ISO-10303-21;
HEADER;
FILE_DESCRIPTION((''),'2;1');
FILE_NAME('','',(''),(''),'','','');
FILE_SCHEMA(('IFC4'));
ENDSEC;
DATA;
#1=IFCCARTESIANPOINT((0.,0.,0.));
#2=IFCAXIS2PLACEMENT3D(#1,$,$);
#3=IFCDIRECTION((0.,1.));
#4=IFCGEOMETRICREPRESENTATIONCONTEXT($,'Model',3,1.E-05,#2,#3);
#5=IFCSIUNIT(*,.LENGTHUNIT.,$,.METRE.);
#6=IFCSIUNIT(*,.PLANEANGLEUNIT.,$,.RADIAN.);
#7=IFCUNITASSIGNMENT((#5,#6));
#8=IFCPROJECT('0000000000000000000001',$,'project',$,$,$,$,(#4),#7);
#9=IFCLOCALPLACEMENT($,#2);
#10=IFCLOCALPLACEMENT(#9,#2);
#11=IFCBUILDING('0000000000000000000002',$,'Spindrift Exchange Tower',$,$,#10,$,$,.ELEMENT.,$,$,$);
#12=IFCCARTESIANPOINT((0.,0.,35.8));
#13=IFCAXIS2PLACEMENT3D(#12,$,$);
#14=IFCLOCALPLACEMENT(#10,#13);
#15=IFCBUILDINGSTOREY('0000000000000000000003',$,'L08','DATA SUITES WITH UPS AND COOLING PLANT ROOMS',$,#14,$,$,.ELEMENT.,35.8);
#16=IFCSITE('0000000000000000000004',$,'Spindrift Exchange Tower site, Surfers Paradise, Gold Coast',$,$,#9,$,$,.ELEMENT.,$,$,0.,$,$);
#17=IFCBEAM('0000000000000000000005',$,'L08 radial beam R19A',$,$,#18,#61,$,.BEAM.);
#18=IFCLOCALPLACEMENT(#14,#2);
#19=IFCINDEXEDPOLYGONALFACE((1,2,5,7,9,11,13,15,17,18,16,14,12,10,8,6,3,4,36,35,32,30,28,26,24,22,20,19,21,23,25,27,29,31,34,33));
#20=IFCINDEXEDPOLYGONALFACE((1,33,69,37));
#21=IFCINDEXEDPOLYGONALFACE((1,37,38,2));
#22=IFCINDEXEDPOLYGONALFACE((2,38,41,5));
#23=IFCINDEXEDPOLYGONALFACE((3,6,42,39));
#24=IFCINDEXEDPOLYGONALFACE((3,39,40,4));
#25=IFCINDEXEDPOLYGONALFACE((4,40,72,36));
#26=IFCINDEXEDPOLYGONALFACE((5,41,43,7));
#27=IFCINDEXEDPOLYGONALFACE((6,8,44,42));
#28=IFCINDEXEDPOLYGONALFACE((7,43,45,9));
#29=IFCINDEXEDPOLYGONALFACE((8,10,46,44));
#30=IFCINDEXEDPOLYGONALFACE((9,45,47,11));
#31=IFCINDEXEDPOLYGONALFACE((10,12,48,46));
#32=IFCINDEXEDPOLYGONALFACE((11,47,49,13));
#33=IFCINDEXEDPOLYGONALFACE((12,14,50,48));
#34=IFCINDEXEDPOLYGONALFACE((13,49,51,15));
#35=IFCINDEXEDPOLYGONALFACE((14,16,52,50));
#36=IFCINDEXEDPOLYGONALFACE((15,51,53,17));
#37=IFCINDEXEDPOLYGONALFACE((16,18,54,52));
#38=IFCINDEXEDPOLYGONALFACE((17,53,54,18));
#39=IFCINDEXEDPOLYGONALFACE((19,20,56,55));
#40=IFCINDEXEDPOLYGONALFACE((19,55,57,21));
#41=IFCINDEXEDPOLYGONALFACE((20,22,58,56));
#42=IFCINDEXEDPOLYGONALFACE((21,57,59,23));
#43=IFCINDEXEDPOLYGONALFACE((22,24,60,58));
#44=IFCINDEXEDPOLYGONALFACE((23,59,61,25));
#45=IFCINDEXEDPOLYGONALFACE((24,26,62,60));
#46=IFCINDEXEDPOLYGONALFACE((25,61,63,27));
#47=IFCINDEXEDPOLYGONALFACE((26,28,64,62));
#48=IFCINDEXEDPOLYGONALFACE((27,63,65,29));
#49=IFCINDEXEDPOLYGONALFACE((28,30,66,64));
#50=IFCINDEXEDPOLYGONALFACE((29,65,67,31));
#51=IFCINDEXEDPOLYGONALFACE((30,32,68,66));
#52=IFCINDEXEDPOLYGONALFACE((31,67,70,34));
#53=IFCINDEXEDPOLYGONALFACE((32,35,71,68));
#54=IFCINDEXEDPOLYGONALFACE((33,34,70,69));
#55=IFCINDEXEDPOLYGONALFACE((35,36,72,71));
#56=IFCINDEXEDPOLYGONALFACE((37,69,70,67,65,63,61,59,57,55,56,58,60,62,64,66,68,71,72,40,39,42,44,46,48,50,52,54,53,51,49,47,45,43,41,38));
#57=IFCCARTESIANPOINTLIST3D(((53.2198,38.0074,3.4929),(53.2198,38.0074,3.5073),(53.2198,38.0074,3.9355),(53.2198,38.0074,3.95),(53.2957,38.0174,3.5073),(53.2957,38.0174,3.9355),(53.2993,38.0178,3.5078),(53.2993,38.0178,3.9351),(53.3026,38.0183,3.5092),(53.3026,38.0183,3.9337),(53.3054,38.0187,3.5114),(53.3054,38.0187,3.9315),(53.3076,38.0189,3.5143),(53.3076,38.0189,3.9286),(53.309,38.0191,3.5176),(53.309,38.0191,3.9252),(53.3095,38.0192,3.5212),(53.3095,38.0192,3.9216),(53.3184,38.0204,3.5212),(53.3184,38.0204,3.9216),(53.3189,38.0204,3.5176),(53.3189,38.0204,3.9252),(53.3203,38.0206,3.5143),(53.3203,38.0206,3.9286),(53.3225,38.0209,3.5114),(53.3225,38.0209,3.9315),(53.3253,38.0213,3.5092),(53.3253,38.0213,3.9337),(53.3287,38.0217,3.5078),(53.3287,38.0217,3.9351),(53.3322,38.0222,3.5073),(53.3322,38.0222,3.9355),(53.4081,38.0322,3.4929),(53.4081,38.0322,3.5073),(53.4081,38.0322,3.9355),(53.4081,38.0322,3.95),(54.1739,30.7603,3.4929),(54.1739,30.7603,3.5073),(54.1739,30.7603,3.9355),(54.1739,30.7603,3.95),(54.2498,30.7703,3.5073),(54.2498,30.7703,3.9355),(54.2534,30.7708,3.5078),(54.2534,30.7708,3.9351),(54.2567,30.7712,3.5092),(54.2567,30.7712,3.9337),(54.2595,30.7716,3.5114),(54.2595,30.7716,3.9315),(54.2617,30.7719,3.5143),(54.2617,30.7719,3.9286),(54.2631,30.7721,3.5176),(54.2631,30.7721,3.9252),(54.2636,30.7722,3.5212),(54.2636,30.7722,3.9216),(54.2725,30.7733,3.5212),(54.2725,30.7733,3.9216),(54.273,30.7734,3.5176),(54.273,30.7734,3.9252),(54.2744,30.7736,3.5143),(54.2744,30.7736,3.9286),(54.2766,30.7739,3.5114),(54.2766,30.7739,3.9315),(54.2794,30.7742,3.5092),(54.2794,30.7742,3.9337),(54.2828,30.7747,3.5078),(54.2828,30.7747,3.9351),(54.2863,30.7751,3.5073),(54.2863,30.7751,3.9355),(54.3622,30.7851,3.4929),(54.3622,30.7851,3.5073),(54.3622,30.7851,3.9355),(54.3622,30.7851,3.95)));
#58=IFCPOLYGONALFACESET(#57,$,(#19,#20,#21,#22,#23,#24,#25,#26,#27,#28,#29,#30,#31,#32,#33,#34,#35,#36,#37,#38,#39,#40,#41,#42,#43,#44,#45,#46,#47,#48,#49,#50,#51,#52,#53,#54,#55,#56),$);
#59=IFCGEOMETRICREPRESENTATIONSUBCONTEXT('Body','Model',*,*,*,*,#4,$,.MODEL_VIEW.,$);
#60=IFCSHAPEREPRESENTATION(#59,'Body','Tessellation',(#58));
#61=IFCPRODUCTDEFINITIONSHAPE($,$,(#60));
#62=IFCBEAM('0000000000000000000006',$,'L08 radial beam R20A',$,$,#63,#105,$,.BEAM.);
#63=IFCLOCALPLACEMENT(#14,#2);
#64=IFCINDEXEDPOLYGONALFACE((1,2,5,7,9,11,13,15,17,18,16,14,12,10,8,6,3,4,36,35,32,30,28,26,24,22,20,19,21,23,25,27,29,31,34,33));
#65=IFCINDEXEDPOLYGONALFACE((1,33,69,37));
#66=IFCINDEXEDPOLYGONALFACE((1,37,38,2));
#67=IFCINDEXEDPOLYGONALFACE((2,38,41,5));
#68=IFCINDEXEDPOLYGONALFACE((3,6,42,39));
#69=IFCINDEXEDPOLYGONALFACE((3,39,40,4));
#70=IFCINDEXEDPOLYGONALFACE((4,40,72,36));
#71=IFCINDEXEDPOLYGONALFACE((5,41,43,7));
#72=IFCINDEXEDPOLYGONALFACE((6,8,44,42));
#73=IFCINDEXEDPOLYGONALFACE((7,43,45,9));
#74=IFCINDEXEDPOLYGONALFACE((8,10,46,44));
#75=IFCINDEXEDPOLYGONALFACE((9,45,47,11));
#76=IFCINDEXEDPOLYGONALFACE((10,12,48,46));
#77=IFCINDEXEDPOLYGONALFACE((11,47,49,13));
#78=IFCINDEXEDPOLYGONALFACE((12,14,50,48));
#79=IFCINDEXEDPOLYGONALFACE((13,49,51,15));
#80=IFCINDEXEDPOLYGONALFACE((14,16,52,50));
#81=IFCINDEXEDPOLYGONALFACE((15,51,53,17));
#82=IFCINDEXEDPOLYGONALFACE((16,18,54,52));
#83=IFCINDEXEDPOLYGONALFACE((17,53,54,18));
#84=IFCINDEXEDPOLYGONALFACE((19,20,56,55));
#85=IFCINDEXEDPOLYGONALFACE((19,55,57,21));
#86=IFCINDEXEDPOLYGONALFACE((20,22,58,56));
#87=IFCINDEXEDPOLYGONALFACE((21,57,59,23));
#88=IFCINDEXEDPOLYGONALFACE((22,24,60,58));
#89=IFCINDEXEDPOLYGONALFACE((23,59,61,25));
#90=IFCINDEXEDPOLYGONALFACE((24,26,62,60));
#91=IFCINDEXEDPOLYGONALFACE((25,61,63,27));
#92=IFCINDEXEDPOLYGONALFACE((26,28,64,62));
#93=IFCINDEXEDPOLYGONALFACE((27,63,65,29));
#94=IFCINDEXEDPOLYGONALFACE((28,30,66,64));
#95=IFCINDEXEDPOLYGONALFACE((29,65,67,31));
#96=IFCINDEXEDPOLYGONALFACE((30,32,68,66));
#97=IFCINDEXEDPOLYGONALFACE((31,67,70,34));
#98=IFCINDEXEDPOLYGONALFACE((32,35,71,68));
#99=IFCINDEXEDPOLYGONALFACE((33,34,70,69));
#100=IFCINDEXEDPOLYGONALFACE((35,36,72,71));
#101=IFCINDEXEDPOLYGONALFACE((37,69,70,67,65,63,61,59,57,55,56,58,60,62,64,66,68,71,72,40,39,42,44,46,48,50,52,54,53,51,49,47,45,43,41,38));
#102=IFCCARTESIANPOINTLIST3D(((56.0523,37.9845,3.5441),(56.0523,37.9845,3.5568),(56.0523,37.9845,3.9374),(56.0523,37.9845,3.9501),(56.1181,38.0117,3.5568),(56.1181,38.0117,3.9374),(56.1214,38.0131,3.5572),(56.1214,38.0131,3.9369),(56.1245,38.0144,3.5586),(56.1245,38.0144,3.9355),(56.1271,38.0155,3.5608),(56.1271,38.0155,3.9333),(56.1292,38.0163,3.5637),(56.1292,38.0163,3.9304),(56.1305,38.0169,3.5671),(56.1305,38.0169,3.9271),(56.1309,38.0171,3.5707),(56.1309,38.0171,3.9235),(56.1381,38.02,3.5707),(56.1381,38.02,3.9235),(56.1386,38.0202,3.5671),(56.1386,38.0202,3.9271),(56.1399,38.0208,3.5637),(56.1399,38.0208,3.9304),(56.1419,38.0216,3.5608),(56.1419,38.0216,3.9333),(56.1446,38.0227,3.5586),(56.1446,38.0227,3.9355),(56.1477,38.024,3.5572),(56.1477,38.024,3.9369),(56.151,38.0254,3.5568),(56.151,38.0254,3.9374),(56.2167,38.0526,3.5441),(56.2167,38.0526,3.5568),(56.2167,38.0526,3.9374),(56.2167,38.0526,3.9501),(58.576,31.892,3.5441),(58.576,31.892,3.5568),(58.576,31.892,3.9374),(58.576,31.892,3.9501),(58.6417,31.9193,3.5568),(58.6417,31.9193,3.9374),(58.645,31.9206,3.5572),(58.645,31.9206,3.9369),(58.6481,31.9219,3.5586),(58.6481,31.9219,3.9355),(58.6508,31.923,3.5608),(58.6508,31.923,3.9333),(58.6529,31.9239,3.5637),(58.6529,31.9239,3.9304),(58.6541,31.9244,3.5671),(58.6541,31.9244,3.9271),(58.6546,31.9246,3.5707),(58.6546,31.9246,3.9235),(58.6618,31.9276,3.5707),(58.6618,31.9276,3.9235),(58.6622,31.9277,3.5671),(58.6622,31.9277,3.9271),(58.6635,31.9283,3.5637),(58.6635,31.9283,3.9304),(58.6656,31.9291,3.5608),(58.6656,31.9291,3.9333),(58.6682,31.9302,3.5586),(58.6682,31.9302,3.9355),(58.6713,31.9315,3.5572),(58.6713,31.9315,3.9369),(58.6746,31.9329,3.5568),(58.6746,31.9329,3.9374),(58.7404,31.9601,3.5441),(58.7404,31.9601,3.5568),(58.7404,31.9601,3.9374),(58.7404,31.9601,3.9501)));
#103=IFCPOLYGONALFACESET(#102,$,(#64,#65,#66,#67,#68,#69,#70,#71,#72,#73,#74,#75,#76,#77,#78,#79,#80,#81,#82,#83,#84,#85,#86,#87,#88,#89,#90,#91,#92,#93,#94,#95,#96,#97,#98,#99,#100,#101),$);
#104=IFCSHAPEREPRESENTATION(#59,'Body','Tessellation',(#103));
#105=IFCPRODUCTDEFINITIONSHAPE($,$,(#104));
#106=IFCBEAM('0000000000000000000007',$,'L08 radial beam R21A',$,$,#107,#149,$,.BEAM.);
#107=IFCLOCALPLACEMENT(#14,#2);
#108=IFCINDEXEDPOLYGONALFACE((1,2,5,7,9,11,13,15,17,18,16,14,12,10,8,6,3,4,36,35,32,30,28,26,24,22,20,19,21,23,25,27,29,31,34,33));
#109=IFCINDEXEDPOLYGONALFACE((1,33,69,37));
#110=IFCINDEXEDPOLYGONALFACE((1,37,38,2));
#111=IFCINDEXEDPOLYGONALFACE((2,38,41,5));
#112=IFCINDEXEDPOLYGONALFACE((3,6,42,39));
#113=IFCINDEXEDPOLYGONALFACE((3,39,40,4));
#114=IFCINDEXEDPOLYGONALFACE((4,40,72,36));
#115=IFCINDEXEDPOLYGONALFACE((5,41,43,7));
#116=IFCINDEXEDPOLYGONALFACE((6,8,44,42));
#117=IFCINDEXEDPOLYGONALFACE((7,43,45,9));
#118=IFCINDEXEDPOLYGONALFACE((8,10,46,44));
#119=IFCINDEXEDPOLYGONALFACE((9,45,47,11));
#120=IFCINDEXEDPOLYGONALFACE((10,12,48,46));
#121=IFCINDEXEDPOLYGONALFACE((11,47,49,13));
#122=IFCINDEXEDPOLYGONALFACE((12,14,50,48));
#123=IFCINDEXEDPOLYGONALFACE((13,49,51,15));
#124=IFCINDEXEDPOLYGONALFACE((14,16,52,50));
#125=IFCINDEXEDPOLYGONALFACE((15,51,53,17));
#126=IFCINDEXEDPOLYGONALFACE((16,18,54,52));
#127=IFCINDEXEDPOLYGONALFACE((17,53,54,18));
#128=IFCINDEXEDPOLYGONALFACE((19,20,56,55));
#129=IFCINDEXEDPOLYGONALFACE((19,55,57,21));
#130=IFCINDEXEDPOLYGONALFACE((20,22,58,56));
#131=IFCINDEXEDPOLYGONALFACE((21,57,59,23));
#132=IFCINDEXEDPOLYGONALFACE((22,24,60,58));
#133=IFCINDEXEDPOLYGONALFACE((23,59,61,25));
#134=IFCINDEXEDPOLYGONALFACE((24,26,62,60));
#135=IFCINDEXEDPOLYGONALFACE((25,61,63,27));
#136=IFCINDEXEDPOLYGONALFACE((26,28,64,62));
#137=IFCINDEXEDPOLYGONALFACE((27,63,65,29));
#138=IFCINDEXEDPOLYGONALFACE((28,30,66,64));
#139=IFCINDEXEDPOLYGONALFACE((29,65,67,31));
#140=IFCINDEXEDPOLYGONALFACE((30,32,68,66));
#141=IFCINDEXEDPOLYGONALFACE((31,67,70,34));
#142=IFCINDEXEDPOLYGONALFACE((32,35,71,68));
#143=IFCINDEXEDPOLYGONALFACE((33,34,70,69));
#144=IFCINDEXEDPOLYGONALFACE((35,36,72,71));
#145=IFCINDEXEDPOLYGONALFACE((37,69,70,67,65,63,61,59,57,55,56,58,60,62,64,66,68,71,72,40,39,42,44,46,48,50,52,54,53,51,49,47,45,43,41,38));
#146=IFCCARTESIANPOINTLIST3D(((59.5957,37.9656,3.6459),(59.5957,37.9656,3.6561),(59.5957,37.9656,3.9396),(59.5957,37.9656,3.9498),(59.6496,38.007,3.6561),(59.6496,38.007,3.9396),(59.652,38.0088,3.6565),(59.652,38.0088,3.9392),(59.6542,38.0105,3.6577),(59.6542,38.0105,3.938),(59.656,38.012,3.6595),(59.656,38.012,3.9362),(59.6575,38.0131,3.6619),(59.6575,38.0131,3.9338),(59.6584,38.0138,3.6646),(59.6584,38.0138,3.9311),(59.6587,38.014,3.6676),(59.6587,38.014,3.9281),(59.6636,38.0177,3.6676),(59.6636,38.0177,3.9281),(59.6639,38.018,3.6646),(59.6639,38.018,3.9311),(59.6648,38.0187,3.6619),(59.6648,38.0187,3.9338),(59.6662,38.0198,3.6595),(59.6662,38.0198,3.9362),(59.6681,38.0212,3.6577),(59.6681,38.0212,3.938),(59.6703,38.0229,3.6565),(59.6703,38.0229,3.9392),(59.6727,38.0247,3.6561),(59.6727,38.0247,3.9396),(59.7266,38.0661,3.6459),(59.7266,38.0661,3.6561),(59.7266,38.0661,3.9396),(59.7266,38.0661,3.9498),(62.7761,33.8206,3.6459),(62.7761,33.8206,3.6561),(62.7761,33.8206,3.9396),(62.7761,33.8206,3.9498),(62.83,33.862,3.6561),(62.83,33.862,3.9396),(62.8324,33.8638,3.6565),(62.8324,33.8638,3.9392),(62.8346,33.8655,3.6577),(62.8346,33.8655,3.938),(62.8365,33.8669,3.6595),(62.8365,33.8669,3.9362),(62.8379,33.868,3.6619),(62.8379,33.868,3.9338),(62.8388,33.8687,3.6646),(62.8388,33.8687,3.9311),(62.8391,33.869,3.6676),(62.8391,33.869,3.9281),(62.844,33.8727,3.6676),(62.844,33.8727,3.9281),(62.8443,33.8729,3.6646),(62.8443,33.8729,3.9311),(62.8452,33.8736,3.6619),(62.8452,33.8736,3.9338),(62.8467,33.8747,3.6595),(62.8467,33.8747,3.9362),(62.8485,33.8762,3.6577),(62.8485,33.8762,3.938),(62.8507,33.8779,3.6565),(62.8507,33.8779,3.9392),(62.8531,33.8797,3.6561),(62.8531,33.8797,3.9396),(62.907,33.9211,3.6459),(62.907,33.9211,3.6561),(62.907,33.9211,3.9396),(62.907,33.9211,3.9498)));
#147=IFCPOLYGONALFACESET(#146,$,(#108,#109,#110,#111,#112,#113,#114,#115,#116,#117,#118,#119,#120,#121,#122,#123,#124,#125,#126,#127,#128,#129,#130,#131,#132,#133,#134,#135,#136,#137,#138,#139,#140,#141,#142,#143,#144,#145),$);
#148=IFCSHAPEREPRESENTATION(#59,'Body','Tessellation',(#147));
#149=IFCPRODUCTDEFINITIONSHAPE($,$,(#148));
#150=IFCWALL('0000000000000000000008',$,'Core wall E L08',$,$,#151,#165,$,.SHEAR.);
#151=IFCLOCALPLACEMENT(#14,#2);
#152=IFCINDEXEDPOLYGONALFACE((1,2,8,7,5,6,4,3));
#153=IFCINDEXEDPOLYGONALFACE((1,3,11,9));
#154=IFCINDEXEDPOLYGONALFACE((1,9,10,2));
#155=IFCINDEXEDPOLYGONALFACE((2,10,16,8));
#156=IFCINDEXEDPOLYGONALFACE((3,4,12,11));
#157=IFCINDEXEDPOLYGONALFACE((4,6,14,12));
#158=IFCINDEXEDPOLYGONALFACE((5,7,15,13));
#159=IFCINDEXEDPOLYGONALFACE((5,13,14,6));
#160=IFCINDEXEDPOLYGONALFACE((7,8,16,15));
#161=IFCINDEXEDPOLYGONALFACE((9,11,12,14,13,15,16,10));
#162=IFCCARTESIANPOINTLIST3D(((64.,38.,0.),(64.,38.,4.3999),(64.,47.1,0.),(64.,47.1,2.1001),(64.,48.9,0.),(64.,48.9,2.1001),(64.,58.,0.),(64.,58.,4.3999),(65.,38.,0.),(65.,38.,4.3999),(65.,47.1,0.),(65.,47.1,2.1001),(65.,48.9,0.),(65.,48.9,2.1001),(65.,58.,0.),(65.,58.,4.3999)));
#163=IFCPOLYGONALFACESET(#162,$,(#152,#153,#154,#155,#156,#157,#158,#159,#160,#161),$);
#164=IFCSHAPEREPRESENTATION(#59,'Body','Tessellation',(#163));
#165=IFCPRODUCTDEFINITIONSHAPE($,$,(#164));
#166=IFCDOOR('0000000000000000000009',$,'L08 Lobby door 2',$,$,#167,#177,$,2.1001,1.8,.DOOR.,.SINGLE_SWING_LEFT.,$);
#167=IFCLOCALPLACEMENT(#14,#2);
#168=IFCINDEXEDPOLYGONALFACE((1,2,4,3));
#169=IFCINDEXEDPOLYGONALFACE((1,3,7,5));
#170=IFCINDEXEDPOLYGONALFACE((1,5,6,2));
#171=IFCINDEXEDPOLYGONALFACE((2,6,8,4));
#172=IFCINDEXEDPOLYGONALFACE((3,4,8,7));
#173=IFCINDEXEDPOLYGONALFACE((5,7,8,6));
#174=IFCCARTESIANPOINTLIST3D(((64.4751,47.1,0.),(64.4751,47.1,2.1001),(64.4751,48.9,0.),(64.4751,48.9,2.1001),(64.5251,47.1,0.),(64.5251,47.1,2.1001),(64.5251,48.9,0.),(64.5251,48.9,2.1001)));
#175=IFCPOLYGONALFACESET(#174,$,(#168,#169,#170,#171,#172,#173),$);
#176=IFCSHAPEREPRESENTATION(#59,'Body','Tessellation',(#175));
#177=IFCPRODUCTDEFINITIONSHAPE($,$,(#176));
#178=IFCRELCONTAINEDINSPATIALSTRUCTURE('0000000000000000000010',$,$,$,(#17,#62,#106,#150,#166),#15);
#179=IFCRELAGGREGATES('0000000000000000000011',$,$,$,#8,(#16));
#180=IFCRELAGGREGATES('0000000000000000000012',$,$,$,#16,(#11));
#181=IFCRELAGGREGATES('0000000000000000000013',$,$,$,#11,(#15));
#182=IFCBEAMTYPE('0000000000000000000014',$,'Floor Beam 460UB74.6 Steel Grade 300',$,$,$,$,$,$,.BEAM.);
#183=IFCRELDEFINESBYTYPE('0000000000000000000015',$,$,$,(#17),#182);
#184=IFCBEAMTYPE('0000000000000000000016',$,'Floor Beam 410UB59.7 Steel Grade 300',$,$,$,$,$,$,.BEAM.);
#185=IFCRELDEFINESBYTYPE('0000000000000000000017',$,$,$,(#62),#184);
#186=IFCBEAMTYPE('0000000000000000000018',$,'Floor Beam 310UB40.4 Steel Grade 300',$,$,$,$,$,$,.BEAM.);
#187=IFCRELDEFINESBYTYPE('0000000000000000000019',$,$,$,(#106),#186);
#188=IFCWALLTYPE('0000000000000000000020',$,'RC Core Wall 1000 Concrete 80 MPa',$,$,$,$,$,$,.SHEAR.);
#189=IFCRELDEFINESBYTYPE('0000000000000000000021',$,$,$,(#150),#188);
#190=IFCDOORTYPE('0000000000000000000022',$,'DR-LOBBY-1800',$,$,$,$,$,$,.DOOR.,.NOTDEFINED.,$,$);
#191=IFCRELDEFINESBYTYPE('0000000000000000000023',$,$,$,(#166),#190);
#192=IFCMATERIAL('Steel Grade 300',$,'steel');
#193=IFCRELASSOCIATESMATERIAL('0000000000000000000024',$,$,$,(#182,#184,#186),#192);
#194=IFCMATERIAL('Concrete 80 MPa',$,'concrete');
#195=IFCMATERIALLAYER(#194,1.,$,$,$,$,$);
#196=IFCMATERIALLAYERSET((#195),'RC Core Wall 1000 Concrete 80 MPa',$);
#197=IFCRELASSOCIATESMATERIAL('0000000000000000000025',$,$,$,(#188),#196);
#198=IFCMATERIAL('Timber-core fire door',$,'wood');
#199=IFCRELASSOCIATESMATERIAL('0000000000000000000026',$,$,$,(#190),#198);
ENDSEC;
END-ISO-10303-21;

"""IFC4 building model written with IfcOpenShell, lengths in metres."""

from ifc_helpers import new_model, si_unit, direction, frame, frame_2d, origin, origin_2d, place, context, subcontext, project, spatial, rectangle, i_section, extrude, source, transform, mapped, material, layer, layer_set, material_profile, profile_set, type_object, element, fill, save


model = new_model("IFC4")

# Units and contexts
model_context = context("Model", 3, precision=1e-05, world=origin(), true_north=direction((0.0, 1.0)))
body_context = subcontext(model_context, "Body", "Model", "MODEL_VIEW")
ifc_project = project(units=[si_unit("LENGTHUNIT", "METRE"), si_unit("PLANEANGLEUNIT", "RADIAN")], contexts=[model_context])

# Site, building, storey
site_placement = place(None, origin())
site = spatial("IfcSite", under=ifc_project, at=site_placement, Name="Spindrift Exchange Tower site, Surfers Paradise, Gold Coast", CompositionType="ELEMENT", RefElevation=0.0)
building_placement = place(site_placement, origin())
building = spatial("IfcBuilding", under=site, at=building_placement, Name="Spindrift Exchange Tower", CompositionType="ELEMENT")
storey_placement = place(building_placement, frame((0.0, 0.0, 35.8)))
storey = spatial("IfcBuildingStorey", under=building, at=storey_placement, Name="L08", Description="DATA SUITES WITH UPS AND COOLING PLANT ROOMS", CompositionType="ELEMENT", Elevation=35.8)

# Beams
ifc_material_1 = material(Name="Steel Grade 300", Category="steel")
ifc_material_profile_1 = material_profile(ifc_material_1, i_section(OverallWidth=0.1899, OverallDepth=0.457, WebThickness=0.009, FlangeThickness=0.0144, FilletRadius=0.0139, at=origin_2d()), Name="460UB74.6")
ifc_profile_set_1 = profile_set([ifc_material_profile_1], Name="Steel Grade 300")
beam_type_1 = type_object("IfcBeamType", Name="Floor Beam 460UB74.6 Steel Grade 300", PredefinedType="BEAM", material=ifc_profile_set_1)
shared_shape_1 = source(origin(), body_context, "Body", "SweptSolid", [
    extrude(i_section(OverallWidth=0.1899, OverallDepth=0.457, WebThickness=0.009, FlangeThickness=0.0144, FilletRadius=0.0139, at=origin_2d()), origin(), (0.0, 0.0, 1.0), 7.3096),
])
beam_1_placement = place(storey_placement, frame((53.314, 38.0198, 3.7214), z_axis=(0.130527, -0.991445, 0.0), x_axis=(0.991445, 0.130527, 0.0)))
element("IfcBeam", 1, at=beam_1_placement, inside=storey, type_object=beam_type_1, Name="L08 radial beam R19A", PredefinedType="BEAM", context=body_context, shape_type="MappedRepresentation", body=[
    mapped(shared_shape_1, transform((0.0, 0.0, 0.0), scale=1.0)),
])
ifc_material_profile_2 = material_profile(ifc_material_1, i_section(OverallWidth=0.178, OverallDepth=0.406, WebThickness=0.0078, FlangeThickness=0.0127, FilletRadius=0.0139, at=origin_2d()), Name="410UB59.7")
ifc_profile_set_2 = profile_set([ifc_material_profile_2], Name="Steel Grade 300")
beam_type_2 = type_object("IfcBeamType", Name="Floor Beam 410UB59.7 Steel Grade 300", PredefinedType="BEAM", material=ifc_profile_set_2)
shared_shape_2 = source(origin(), body_context, "Body", "SweptSolid", [
    extrude(i_section(OverallWidth=0.178, OverallDepth=0.406, WebThickness=0.0078, FlangeThickness=0.0127, FilletRadius=0.0139, at=origin_2d()), origin(), (0.0, 0.0, 1.0), 6.5945),
])
beam_2_placement = place(storey_placement, frame((56.1345, 38.0186, 3.7471), z_axis=(0.382693, -0.923876, 0.0), x_axis=(0.923876, 0.382693, 0.0)))
element("IfcBeam", 2, at=beam_2_placement, inside=storey, type_object=beam_type_2, Name="L08 radial beam R20A", PredefinedType="BEAM", context=body_context, shape_type="MappedRepresentation", body=[
    mapped(shared_shape_2, transform((0.0, 0.0, 0.0), scale=1.0)),
])
ifc_material_profile_3 = material_profile(ifc_material_1, i_section(OverallWidth=0.165, OverallDepth=0.304, WebThickness=0.0061, FlangeThickness=0.0103, FilletRadius=0.0115, at=origin_2d()), Name="310UB40.4")
ifc_profile_set_3 = profile_set([ifc_material_profile_3], Name="Steel Grade 300")
beam_type_3 = type_object("IfcBeamType", Name="Floor Beam 310UB40.4 Steel Grade 300", PredefinedType="BEAM", material=ifc_profile_set_3)
shared_shape_3 = source(origin(), body_context, "Body", "SweptSolid", [
    extrude(i_section(OverallWidth=0.165, OverallDepth=0.304, WebThickness=0.0061, FlangeThickness=0.0103, FilletRadius=0.0115, at=origin_2d()), origin(), (0.0, 0.0, 1.0), 5.2246),
])
beam_3_placement = place(storey_placement, frame((59.6611, 38.0159, 3.7979), z_axis=(0.608741, -0.793369, 0.0), x_axis=(0.793369, 0.608741, 0.0)))
element("IfcBeam", 3, at=beam_3_placement, inside=storey, type_object=beam_type_3, Name="L08 radial beam R21A", PredefinedType="BEAM", context=body_context, shape_type="MappedRepresentation", body=[
    mapped(shared_shape_3, transform((0.0, 0.0, 0.0), scale=1.0)),
])

# Wall, opening, door
ifc_material_2 = material(Name="Concrete 80 MPa", Category="concrete")
ifc_layer_1 = layer(ifc_material_2, 1.0)
ifc_layer_set_1 = layer_set([ifc_layer_1], Name="RC Core Wall 1000 Concrete 80 MPa")
wall_type_1 = type_object("IfcWallType", Name="RC Core Wall 1000 Concrete 80 MPa", PredefinedType="SHEAR", material=ifc_layer_set_1)
wall_1_placement = place(storey_placement, frame((64.5, 38.0, 0.0), z_axis=(0.0, 0.0, 1.0), x_axis=(0.0, 1.0, 0.0)))
wall_1 = element("IfcWall", 4, at=wall_1_placement, inside=storey, type_object=wall_type_1, Name="Core wall E L08", PredefinedType="SHEAR", context=body_context, shape_type="SweptSolid", body=[
    extrude(rectangle(XDim=20.0, YDim=1.0, at=frame_2d((10.0, 0.0))), origin(), (0.0, 0.0, 1.0), 4.3999),
])
opening_1_placement = place(wall_1_placement, frame((9.1001, 0.0, 0.0)))
opening_1 = element("IfcOpeningElement", 5, at=opening_1_placement, cuts=wall_1, PredefinedType="OPENING", context=body_context, shape_type="SweptSolid", body=[
    extrude(rectangle(XDim=1.8, YDim=2.1001, at=frame_2d((0.8999, 1.05))), frame((0.0, 0.51, 0.0), z_axis=(0.0, -1.0, 0.0), x_axis=(1.0, 0.0, 0.0)), (0.0, 0.0, 1.0), 1.02),
])
ifc_material_3 = material(Name="Timber-core fire door", Category="wood")
door_type_1 = type_object("IfcDoorType", Name="DR-LOBBY-1800", OperationType="NOTDEFINED", PredefinedType="DOOR", material=ifc_material_3)
shared_shape_4 = source(origin(), body_context, "Body", "SweptSolid", [
    extrude(rectangle(XDim=1.8, YDim=2.1001, at=frame_2d((0.8999, 1.05))), frame((0.0, 0.0249, 0.0), z_axis=(0.0, -1.0, 0.0), x_axis=(1.0, 0.0, 0.0)), (0.0, 0.0, 1.0), 0.05),
])
door_1_placement = place(opening_1_placement, origin())
door_1 = element("IfcDoor", 6, at=door_1_placement, inside=storey, type_object=door_type_1, Name="L08 Lobby door 2", OperationType="SINGLE_SWING_LEFT", OverallHeight=2.1001, OverallWidth=1.8, PredefinedType="DOOR", context=body_context, shape_type="MappedRepresentation", body=[
    mapped(shared_shape_4, transform((0.0, 0.0, 0.0), scale=1.0)),
])
fill(opening_1, door_1)

save(model, "model.ifc")
